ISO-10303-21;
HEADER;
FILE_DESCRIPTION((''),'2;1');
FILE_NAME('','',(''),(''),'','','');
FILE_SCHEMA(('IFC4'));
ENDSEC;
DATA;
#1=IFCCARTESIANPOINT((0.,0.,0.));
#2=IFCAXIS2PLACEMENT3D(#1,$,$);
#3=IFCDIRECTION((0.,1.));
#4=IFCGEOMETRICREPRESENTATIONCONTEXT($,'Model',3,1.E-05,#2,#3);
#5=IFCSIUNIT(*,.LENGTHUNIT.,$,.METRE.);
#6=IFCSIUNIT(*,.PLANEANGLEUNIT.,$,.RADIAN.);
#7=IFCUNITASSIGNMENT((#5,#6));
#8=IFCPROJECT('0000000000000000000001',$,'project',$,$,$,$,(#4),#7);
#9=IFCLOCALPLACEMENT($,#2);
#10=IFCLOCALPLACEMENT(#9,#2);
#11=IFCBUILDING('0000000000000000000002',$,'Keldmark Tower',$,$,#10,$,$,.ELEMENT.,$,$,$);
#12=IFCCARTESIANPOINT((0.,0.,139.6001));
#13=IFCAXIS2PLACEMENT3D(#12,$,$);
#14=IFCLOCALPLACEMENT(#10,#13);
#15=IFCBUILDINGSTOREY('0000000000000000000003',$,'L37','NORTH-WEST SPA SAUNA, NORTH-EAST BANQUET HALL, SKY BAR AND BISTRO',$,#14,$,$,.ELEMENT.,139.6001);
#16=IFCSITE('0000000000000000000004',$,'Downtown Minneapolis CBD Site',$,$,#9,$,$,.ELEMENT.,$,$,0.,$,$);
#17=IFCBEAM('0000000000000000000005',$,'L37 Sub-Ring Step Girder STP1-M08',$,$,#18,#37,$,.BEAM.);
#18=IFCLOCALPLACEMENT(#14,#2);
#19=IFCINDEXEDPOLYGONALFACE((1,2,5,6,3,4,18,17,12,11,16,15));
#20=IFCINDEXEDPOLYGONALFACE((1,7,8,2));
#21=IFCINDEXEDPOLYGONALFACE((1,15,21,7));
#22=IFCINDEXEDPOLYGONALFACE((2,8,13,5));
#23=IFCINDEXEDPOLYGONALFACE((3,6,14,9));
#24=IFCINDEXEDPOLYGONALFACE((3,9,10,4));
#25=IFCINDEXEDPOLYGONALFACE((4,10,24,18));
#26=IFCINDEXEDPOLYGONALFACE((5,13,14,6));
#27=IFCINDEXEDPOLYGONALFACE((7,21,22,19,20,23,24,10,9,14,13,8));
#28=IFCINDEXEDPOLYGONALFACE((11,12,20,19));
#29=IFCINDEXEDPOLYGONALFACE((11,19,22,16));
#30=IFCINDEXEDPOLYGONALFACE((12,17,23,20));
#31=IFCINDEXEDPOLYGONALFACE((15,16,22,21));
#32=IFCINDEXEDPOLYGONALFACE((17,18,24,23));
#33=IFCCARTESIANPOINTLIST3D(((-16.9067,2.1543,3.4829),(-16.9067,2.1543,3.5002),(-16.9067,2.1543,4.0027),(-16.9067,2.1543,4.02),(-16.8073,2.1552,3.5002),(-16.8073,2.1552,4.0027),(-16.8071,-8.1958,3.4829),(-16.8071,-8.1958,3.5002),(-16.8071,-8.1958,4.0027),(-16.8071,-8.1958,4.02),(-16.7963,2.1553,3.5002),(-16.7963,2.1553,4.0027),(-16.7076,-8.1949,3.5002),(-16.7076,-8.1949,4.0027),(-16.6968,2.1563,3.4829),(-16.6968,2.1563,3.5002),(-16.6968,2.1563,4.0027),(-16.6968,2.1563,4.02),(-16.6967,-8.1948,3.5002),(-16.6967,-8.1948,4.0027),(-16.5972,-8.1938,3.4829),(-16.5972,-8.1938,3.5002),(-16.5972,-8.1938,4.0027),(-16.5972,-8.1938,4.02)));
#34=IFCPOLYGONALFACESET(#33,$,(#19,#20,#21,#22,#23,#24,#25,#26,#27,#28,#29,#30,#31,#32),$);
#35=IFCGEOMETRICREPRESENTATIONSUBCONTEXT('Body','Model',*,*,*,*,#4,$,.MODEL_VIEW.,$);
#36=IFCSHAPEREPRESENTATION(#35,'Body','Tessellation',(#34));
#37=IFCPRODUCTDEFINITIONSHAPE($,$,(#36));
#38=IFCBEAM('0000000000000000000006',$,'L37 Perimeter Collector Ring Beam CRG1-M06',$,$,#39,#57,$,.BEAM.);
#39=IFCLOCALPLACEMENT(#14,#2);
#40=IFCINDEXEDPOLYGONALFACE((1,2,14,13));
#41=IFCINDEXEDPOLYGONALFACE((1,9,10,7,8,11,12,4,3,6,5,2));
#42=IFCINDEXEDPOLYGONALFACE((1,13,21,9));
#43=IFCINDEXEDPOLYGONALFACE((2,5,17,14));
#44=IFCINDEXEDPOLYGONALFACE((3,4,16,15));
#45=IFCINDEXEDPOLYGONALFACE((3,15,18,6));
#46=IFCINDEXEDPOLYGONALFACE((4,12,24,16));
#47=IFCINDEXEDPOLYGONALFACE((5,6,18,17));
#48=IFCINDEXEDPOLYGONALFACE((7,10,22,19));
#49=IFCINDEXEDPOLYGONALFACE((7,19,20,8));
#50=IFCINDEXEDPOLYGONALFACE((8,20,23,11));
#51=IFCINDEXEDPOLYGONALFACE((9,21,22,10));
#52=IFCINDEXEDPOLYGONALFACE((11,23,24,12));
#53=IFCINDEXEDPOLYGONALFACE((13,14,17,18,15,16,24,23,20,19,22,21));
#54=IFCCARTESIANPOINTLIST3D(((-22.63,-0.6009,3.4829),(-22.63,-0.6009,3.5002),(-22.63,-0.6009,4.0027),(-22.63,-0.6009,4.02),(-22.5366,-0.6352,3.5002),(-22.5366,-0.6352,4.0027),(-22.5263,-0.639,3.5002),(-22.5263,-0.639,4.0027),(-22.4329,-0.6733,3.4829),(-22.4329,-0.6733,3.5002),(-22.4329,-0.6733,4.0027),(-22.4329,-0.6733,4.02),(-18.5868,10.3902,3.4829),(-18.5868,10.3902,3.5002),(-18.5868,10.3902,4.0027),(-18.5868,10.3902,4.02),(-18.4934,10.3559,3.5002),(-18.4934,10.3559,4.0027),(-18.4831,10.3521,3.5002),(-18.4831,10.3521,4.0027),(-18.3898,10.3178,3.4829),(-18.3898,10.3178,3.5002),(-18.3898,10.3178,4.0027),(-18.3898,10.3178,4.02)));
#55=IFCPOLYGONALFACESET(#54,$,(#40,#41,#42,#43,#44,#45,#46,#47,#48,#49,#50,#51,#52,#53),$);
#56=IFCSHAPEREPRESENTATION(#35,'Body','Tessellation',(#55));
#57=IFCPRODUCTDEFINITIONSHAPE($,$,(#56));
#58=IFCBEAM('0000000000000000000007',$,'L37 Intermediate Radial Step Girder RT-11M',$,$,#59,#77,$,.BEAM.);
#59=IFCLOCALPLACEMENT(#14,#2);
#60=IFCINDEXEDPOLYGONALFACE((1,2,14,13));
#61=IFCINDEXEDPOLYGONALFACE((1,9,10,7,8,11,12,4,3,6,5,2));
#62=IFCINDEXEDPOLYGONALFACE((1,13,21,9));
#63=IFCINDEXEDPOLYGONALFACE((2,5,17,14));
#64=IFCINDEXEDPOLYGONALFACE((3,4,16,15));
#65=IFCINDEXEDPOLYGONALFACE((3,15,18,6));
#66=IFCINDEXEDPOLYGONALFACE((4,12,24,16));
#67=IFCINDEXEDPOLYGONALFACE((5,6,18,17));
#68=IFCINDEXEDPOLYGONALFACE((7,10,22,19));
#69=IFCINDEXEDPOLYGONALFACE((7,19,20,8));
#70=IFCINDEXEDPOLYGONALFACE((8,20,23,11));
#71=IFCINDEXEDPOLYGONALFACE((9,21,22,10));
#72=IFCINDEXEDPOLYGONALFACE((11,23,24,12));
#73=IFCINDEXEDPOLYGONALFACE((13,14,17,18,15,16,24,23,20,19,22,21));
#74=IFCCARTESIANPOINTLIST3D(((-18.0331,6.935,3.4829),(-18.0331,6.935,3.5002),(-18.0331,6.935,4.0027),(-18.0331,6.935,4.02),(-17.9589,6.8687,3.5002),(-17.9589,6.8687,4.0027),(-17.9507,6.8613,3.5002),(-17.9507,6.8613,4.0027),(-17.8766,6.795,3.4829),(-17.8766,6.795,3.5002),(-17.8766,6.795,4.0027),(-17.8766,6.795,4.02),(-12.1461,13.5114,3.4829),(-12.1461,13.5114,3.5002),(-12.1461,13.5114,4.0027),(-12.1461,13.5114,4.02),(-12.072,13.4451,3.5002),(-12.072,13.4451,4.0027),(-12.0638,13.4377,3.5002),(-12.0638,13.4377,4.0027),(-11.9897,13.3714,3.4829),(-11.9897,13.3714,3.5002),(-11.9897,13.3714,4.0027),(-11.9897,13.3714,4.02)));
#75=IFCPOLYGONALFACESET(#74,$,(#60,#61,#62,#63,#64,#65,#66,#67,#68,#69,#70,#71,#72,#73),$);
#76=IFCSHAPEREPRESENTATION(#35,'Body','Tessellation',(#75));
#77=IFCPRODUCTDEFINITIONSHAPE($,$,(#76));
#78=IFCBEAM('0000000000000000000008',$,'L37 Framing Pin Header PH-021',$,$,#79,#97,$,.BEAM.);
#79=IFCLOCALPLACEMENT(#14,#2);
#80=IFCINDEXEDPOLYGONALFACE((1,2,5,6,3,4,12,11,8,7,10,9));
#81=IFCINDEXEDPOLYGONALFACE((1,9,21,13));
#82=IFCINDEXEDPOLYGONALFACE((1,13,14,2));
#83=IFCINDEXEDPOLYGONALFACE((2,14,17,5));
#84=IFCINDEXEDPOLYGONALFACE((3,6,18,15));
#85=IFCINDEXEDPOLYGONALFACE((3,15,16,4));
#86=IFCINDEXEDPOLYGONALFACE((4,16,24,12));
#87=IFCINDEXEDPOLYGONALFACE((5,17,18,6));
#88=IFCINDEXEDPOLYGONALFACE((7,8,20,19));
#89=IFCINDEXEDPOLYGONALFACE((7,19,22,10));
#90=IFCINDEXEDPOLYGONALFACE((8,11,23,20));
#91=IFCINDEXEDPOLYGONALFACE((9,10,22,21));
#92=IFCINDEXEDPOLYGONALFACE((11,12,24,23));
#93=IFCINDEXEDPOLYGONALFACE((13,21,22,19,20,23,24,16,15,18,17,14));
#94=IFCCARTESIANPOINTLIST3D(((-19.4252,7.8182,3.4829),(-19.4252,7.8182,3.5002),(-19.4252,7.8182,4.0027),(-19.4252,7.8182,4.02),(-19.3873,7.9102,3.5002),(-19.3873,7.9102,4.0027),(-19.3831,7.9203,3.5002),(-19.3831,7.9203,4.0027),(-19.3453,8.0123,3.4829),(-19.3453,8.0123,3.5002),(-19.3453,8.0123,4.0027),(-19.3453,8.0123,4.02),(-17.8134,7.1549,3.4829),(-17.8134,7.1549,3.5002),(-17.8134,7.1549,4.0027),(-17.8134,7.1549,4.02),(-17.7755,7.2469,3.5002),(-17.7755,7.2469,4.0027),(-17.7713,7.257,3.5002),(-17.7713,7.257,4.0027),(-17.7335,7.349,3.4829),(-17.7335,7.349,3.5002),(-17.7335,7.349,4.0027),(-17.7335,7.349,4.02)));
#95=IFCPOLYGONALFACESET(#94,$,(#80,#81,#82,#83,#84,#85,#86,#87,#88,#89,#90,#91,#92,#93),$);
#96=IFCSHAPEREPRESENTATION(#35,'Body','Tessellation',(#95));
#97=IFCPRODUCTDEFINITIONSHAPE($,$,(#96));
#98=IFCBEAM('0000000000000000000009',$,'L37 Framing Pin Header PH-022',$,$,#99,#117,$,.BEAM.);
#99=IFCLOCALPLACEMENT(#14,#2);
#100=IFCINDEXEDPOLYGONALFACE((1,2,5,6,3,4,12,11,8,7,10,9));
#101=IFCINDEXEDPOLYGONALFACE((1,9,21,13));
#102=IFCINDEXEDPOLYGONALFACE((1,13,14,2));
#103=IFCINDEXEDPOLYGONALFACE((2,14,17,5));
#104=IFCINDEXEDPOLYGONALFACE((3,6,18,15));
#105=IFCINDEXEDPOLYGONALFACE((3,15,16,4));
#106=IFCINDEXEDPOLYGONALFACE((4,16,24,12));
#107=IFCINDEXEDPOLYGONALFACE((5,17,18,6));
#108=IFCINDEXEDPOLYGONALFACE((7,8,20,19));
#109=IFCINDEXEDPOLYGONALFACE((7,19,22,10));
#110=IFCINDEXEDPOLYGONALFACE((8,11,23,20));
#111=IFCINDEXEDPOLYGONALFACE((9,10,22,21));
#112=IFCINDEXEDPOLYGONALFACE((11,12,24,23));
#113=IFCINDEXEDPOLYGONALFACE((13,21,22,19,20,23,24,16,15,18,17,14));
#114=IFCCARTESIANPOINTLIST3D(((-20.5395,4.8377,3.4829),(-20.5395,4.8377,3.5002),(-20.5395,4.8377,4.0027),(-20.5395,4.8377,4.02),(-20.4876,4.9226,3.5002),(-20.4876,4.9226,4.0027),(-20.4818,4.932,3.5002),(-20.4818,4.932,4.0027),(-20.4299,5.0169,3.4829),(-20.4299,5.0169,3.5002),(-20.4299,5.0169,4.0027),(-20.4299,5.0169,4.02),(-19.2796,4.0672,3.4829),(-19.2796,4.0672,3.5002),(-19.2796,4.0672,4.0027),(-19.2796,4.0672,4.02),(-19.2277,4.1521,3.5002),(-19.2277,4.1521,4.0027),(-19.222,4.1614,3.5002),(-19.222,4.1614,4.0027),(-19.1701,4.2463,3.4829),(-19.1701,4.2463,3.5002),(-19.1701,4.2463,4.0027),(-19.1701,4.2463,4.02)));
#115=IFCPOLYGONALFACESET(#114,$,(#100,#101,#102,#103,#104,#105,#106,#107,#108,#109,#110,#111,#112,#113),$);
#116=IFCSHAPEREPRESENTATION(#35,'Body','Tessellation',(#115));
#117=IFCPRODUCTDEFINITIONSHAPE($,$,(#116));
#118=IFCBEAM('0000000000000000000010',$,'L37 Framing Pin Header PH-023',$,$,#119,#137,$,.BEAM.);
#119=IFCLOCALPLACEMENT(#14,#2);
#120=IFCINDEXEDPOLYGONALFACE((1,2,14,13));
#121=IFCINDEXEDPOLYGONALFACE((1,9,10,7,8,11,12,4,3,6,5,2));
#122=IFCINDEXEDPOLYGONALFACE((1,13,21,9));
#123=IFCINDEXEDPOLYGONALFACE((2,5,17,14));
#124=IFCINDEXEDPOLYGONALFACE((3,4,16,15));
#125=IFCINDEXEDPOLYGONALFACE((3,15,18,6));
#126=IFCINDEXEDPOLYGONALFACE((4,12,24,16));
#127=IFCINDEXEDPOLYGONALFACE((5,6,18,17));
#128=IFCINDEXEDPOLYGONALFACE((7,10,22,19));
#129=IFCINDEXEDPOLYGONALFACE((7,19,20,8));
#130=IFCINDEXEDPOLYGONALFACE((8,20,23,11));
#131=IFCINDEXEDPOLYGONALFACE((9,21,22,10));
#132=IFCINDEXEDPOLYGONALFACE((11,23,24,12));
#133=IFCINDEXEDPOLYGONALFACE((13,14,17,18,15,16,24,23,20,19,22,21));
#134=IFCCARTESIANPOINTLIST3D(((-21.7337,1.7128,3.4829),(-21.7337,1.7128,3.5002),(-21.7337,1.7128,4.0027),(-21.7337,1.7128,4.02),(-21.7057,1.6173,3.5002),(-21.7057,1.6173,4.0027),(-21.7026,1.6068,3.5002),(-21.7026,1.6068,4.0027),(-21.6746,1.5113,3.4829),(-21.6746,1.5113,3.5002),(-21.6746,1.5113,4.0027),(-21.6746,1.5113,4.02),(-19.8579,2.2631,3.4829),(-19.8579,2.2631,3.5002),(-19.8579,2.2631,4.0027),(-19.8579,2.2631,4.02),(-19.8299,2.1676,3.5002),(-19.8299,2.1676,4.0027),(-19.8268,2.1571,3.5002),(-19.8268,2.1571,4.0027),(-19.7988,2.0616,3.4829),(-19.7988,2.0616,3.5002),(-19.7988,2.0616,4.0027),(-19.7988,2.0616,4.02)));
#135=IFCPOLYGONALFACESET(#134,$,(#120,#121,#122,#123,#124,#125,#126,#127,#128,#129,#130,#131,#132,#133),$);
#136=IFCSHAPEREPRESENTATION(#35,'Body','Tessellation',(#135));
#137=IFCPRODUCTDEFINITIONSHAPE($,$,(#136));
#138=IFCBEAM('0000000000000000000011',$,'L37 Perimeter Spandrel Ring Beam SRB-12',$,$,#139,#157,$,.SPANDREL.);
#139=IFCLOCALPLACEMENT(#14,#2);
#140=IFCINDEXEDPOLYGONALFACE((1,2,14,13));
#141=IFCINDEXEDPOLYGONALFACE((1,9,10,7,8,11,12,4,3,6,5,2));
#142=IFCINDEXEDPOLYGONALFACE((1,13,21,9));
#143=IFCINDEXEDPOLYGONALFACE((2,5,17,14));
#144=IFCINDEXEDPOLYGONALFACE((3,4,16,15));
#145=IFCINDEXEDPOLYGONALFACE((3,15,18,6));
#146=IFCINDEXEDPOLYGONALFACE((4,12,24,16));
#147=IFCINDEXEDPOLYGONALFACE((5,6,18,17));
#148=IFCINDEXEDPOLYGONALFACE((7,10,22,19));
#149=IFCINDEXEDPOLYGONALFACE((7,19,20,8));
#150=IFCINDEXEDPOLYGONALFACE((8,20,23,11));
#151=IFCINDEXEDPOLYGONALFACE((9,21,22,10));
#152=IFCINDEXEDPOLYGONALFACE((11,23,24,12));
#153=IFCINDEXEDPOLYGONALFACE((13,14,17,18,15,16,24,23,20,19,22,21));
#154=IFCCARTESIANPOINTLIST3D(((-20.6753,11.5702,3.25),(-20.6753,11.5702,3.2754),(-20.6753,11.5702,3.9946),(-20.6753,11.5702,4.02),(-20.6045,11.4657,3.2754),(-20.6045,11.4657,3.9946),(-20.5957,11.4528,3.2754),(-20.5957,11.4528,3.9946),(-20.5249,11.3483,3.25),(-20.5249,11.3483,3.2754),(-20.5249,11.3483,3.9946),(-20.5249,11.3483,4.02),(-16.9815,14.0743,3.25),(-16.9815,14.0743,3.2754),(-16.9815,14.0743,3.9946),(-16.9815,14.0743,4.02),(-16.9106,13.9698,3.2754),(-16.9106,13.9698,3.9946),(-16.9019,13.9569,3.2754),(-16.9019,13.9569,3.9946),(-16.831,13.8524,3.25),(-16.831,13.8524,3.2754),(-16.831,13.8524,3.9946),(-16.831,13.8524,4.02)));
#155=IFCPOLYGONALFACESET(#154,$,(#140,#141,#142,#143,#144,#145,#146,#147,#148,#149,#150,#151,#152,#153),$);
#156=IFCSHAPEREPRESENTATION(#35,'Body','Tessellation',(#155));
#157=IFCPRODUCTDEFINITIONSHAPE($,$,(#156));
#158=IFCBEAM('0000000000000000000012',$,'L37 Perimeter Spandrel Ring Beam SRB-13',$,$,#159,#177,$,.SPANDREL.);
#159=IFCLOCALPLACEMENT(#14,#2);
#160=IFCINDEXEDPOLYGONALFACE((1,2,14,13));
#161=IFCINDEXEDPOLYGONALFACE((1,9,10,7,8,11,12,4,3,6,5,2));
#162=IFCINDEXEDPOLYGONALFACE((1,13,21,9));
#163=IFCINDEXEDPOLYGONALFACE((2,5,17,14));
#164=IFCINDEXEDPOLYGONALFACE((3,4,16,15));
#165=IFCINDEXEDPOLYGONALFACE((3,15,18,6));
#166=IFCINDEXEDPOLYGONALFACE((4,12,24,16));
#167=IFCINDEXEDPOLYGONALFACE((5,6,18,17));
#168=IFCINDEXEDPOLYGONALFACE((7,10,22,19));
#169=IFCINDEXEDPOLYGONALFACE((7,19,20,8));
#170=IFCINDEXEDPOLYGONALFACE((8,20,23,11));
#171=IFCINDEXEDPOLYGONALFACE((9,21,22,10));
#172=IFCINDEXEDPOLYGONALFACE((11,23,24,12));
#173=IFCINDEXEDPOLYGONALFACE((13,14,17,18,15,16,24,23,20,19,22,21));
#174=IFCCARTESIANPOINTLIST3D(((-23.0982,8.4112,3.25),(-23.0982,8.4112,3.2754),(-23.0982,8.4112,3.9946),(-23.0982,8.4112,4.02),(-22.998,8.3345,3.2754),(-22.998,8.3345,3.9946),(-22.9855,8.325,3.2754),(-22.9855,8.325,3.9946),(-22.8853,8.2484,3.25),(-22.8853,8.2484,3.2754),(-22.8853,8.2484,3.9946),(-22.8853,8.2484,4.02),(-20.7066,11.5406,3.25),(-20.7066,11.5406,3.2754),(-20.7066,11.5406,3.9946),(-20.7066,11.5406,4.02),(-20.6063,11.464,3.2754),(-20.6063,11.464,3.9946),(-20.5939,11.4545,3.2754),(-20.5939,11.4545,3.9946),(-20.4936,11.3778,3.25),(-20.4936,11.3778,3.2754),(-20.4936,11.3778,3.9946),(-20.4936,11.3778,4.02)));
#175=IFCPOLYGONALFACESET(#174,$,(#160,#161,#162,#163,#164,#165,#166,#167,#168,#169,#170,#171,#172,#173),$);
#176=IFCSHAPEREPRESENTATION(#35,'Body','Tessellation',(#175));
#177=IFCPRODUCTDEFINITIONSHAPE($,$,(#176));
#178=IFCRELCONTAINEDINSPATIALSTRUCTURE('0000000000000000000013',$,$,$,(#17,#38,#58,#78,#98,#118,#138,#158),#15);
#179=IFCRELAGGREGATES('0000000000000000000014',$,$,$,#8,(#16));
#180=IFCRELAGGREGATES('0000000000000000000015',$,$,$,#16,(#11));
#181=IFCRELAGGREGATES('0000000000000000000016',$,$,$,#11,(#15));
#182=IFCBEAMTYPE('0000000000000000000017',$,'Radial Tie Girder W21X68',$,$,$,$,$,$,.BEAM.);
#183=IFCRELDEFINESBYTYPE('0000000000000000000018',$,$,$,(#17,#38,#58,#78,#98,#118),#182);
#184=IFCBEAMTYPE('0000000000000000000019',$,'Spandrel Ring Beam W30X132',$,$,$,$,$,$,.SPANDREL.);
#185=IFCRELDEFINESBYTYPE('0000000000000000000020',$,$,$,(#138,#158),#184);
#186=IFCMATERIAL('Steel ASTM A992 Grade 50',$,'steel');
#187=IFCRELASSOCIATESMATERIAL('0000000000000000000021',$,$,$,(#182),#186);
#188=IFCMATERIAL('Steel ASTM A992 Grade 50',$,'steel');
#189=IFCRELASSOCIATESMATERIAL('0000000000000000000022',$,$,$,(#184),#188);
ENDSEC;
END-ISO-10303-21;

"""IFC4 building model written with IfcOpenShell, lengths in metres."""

from ifc_helpers import new_model, si_unit, direction, frame, origin, origin_2d, place, context, subcontext, project, spatial, i_section, extrude, material, material_profile, profile_set, type_object, element, save


model = new_model("IFC4")

# Units and contexts
model_context = context("Model", 3, precision=1e-05, world=origin(), true_north=direction((0.0, 1.0)))
body_context = subcontext(model_context, "Body", "Model", "MODEL_VIEW")
ifc_project = project(units=[si_unit("LENGTHUNIT", "METRE"), si_unit("PLANEANGLEUNIT", "RADIAN")], contexts=[model_context])

# Site, building, storey
site_placement = place(None, origin())
site = spatial("IfcSite", under=ifc_project, at=site_placement, Name="Downtown Minneapolis CBD Site", CompositionType="ELEMENT", RefElevation=0.0)
building_placement = place(site_placement, origin())
building = spatial("IfcBuilding", under=site, at=building_placement, Name="Keldmark Tower", CompositionType="ELEMENT")
storey_placement = place(building_placement, frame((0.0, 0.0, 139.6001)))
storey = spatial("IfcBuildingStorey", under=building, at=storey_placement, Name="L37", Description="NORTH-WEST SPA SAUNA, NORTH-EAST BANQUET HALL, SKY BAR AND BISTRO", CompositionType="ELEMENT", Elevation=139.6001)

# Beams
ifc_material_1 = material(Name="Steel ASTM A992 Grade 50", Category="steel")
ifc_material_profile_1 = material_profile(ifc_material_1, i_section(OverallWidth=0.21, OverallDepth=0.5371, WebThickness=0.011, FlangeThickness=0.0173, at=origin_2d()), Name="W21X68")
ifc_profile_set_1 = profile_set([ifc_material_profile_1], Name="Steel ASTM A992 Grade 50")
beam_type_1 = type_object("IfcBeamType", Name="Radial Tie Girder W21X68", PredefinedType="BEAM", material=ifc_profile_set_1)
beam_1_placement = place(storey_placement, frame((-16.8018, 2.1553, 3.7515), z_axis=(0.009624, -0.999954, 0.0), x_axis=(0.999954, 0.009624, 0.0)))
element("IfcBeam", 1, at=beam_1_placement, inside=storey, type_object=beam_type_1, Name="L37 Sub-Ring Step Girder STP1-M08", PredefinedType="BEAM", context=body_context, shape_type="SweptSolid", body=[
    extrude(i_section(OverallWidth=0.21, OverallDepth=0.5371, WebThickness=0.011, FlangeThickness=0.0173, at=origin_2d()), origin(), (0.0, 0.0, 1.0), 10.3506),
])
beam_2_placement = place(storey_placement, frame((-18.4883, 10.354, 3.7515), z_axis=(-0.345241, -0.938514, 0.0), x_axis=(0.938514, -0.345241, 0.0)))
element("IfcBeam", 2, at=beam_2_placement, inside=storey, type_object=beam_type_1, Name="L37 Perimeter Collector Ring Beam CRG1-M06", PredefinedType="BEAM", context=body_context, shape_type="SweptSolid", body=[
    extrude(i_section(OverallWidth=0.21, OverallDepth=0.5371, WebThickness=0.011, FlangeThickness=0.0173, at=origin_2d()), origin(), (0.0, 0.0, 1.0), 11.7112),
])
beam_3_placement = place(storey_placement, frame((-17.9548, 6.865, 3.7515), z_axis=(0.666971, 0.745084, 0.0), x_axis=(-0.745084, 0.666971, 0.0)))
element("IfcBeam", 3, at=beam_3_placement, inside=storey, type_object=beam_type_1, Name="L37 Intermediate Radial Step Girder RT-11M", PredefinedType="BEAM", context=body_context, shape_type="SweptSolid", body=[
    extrude(i_section(OverallWidth=0.21, OverallDepth=0.5371, WebThickness=0.011, FlangeThickness=0.0173, at=origin_2d()), origin(), (0.0, 0.0, 1.0), 8.8264),
])
beam_4_placement = place(storey_placement, frame((-17.7734, 7.252, 3.7515), z_axis=(-0.924751, 0.380574, 0.0), x_axis=(-0.380574, -0.924751, 0.0)))
element("IfcBeam", 4, at=beam_4_placement, inside=storey, type_object=beam_type_1, Name="L37 Framing Pin Header PH-021", PredefinedType="BEAM", context=body_context, shape_type="SweptSolid", body=[
    extrude(i_section(OverallWidth=0.21, OverallDepth=0.5371, WebThickness=0.011, FlangeThickness=0.0173, at=origin_2d()), origin(), (0.0, 0.0, 1.0), 1.7429),
])
beam_5_placement = place(storey_placement, frame((-19.2249, 4.1567, 3.7515), z_axis=(-0.853086, 0.521771, 0.0), x_axis=(-0.521771, -0.853086, 0.0)))
element("IfcBeam", 5, at=beam_5_placement, inside=storey, type_object=beam_type_1, Name="L37 Framing Pin Header PH-022", PredefinedType="BEAM", context=body_context, shape_type="SweptSolid", body=[
    extrude(i_section(OverallWidth=0.21, OverallDepth=0.5371, WebThickness=0.011, FlangeThickness=0.0173, at=origin_2d()), origin(), (0.0, 0.0, 1.0), 1.4768),
])
beam_6_placement = place(storey_placement, frame((-19.8284, 2.1624, 3.7515), z_axis=(-0.959558, -0.28151, 0.0), x_axis=(0.28151, -0.959558, 0.0)))
element("IfcBeam", 6, at=beam_6_placement, inside=storey, type_object=beam_type_1, Name="L37 Framing Pin Header PH-023", PredefinedType="BEAM", context=body_context, shape_type="SweptSolid", body=[
    extrude(i_section(OverallWidth=0.21, OverallDepth=0.5371, WebThickness=0.011, FlangeThickness=0.0173, at=origin_2d()), origin(), (0.0, 0.0, 1.0), 1.9548),
])
ifc_material_2 = material(Name="Steel ASTM A992 Grade 50", Category="steel")
ifc_material_profile_2 = material_profile(ifc_material_2, i_section(OverallWidth=0.2681, OverallDepth=0.77, WebThickness=0.0156, FlangeThickness=0.0254, at=origin_2d()), Name="W30X132")
ifc_profile_set_2 = profile_set([ifc_material_profile_2], Name="Steel ASTM A992 Grade 50")
beam_type_2 = type_object("IfcBeamType", Name="Spandrel Ring Beam W30X132", PredefinedType="SPANDREL", material=ifc_profile_set_2)
beam_7_placement = place(storey_placement, frame((-16.9062, 13.9634, 3.635), z_axis=(-0.827724, -0.561135, 0.0), x_axis=(0.561135, -0.827724, 0.0)))
element("IfcBeam", 7, at=beam_7_placement, inside=storey, type_object=beam_type_2, Name="L37 Perimeter Spandrel Ring Beam SRB-12", PredefinedType="SPANDREL", context=body_context, shape_type="SweptSolid", body=[
    extrude(i_section(OverallWidth=0.2681, OverallDepth=0.77, WebThickness=0.0156, FlangeThickness=0.0254, at=origin_2d()), origin(), (0.0, 0.0, 1.0), 4.4626),
])
beam_8_placement = place(storey_placement, frame((-20.6001, 11.4592, 3.635), z_axis=(-0.607215, -0.794537, 0.0), x_axis=(0.794537, -0.607215, 0.0)))
element("IfcBeam", 8, at=beam_8_placement, inside=storey, type_object=beam_type_2, Name="L37 Perimeter Spandrel Ring Beam SRB-13", PredefinedType="SPANDREL", context=body_context, shape_type="SweptSolid", body=[
    extrude(i_section(OverallWidth=0.2681, OverallDepth=0.77, WebThickness=0.0156, FlangeThickness=0.0254, at=origin_2d()), origin(), (0.0, 0.0, 1.0), 3.9387),
])

save(model, "model.ifc")
